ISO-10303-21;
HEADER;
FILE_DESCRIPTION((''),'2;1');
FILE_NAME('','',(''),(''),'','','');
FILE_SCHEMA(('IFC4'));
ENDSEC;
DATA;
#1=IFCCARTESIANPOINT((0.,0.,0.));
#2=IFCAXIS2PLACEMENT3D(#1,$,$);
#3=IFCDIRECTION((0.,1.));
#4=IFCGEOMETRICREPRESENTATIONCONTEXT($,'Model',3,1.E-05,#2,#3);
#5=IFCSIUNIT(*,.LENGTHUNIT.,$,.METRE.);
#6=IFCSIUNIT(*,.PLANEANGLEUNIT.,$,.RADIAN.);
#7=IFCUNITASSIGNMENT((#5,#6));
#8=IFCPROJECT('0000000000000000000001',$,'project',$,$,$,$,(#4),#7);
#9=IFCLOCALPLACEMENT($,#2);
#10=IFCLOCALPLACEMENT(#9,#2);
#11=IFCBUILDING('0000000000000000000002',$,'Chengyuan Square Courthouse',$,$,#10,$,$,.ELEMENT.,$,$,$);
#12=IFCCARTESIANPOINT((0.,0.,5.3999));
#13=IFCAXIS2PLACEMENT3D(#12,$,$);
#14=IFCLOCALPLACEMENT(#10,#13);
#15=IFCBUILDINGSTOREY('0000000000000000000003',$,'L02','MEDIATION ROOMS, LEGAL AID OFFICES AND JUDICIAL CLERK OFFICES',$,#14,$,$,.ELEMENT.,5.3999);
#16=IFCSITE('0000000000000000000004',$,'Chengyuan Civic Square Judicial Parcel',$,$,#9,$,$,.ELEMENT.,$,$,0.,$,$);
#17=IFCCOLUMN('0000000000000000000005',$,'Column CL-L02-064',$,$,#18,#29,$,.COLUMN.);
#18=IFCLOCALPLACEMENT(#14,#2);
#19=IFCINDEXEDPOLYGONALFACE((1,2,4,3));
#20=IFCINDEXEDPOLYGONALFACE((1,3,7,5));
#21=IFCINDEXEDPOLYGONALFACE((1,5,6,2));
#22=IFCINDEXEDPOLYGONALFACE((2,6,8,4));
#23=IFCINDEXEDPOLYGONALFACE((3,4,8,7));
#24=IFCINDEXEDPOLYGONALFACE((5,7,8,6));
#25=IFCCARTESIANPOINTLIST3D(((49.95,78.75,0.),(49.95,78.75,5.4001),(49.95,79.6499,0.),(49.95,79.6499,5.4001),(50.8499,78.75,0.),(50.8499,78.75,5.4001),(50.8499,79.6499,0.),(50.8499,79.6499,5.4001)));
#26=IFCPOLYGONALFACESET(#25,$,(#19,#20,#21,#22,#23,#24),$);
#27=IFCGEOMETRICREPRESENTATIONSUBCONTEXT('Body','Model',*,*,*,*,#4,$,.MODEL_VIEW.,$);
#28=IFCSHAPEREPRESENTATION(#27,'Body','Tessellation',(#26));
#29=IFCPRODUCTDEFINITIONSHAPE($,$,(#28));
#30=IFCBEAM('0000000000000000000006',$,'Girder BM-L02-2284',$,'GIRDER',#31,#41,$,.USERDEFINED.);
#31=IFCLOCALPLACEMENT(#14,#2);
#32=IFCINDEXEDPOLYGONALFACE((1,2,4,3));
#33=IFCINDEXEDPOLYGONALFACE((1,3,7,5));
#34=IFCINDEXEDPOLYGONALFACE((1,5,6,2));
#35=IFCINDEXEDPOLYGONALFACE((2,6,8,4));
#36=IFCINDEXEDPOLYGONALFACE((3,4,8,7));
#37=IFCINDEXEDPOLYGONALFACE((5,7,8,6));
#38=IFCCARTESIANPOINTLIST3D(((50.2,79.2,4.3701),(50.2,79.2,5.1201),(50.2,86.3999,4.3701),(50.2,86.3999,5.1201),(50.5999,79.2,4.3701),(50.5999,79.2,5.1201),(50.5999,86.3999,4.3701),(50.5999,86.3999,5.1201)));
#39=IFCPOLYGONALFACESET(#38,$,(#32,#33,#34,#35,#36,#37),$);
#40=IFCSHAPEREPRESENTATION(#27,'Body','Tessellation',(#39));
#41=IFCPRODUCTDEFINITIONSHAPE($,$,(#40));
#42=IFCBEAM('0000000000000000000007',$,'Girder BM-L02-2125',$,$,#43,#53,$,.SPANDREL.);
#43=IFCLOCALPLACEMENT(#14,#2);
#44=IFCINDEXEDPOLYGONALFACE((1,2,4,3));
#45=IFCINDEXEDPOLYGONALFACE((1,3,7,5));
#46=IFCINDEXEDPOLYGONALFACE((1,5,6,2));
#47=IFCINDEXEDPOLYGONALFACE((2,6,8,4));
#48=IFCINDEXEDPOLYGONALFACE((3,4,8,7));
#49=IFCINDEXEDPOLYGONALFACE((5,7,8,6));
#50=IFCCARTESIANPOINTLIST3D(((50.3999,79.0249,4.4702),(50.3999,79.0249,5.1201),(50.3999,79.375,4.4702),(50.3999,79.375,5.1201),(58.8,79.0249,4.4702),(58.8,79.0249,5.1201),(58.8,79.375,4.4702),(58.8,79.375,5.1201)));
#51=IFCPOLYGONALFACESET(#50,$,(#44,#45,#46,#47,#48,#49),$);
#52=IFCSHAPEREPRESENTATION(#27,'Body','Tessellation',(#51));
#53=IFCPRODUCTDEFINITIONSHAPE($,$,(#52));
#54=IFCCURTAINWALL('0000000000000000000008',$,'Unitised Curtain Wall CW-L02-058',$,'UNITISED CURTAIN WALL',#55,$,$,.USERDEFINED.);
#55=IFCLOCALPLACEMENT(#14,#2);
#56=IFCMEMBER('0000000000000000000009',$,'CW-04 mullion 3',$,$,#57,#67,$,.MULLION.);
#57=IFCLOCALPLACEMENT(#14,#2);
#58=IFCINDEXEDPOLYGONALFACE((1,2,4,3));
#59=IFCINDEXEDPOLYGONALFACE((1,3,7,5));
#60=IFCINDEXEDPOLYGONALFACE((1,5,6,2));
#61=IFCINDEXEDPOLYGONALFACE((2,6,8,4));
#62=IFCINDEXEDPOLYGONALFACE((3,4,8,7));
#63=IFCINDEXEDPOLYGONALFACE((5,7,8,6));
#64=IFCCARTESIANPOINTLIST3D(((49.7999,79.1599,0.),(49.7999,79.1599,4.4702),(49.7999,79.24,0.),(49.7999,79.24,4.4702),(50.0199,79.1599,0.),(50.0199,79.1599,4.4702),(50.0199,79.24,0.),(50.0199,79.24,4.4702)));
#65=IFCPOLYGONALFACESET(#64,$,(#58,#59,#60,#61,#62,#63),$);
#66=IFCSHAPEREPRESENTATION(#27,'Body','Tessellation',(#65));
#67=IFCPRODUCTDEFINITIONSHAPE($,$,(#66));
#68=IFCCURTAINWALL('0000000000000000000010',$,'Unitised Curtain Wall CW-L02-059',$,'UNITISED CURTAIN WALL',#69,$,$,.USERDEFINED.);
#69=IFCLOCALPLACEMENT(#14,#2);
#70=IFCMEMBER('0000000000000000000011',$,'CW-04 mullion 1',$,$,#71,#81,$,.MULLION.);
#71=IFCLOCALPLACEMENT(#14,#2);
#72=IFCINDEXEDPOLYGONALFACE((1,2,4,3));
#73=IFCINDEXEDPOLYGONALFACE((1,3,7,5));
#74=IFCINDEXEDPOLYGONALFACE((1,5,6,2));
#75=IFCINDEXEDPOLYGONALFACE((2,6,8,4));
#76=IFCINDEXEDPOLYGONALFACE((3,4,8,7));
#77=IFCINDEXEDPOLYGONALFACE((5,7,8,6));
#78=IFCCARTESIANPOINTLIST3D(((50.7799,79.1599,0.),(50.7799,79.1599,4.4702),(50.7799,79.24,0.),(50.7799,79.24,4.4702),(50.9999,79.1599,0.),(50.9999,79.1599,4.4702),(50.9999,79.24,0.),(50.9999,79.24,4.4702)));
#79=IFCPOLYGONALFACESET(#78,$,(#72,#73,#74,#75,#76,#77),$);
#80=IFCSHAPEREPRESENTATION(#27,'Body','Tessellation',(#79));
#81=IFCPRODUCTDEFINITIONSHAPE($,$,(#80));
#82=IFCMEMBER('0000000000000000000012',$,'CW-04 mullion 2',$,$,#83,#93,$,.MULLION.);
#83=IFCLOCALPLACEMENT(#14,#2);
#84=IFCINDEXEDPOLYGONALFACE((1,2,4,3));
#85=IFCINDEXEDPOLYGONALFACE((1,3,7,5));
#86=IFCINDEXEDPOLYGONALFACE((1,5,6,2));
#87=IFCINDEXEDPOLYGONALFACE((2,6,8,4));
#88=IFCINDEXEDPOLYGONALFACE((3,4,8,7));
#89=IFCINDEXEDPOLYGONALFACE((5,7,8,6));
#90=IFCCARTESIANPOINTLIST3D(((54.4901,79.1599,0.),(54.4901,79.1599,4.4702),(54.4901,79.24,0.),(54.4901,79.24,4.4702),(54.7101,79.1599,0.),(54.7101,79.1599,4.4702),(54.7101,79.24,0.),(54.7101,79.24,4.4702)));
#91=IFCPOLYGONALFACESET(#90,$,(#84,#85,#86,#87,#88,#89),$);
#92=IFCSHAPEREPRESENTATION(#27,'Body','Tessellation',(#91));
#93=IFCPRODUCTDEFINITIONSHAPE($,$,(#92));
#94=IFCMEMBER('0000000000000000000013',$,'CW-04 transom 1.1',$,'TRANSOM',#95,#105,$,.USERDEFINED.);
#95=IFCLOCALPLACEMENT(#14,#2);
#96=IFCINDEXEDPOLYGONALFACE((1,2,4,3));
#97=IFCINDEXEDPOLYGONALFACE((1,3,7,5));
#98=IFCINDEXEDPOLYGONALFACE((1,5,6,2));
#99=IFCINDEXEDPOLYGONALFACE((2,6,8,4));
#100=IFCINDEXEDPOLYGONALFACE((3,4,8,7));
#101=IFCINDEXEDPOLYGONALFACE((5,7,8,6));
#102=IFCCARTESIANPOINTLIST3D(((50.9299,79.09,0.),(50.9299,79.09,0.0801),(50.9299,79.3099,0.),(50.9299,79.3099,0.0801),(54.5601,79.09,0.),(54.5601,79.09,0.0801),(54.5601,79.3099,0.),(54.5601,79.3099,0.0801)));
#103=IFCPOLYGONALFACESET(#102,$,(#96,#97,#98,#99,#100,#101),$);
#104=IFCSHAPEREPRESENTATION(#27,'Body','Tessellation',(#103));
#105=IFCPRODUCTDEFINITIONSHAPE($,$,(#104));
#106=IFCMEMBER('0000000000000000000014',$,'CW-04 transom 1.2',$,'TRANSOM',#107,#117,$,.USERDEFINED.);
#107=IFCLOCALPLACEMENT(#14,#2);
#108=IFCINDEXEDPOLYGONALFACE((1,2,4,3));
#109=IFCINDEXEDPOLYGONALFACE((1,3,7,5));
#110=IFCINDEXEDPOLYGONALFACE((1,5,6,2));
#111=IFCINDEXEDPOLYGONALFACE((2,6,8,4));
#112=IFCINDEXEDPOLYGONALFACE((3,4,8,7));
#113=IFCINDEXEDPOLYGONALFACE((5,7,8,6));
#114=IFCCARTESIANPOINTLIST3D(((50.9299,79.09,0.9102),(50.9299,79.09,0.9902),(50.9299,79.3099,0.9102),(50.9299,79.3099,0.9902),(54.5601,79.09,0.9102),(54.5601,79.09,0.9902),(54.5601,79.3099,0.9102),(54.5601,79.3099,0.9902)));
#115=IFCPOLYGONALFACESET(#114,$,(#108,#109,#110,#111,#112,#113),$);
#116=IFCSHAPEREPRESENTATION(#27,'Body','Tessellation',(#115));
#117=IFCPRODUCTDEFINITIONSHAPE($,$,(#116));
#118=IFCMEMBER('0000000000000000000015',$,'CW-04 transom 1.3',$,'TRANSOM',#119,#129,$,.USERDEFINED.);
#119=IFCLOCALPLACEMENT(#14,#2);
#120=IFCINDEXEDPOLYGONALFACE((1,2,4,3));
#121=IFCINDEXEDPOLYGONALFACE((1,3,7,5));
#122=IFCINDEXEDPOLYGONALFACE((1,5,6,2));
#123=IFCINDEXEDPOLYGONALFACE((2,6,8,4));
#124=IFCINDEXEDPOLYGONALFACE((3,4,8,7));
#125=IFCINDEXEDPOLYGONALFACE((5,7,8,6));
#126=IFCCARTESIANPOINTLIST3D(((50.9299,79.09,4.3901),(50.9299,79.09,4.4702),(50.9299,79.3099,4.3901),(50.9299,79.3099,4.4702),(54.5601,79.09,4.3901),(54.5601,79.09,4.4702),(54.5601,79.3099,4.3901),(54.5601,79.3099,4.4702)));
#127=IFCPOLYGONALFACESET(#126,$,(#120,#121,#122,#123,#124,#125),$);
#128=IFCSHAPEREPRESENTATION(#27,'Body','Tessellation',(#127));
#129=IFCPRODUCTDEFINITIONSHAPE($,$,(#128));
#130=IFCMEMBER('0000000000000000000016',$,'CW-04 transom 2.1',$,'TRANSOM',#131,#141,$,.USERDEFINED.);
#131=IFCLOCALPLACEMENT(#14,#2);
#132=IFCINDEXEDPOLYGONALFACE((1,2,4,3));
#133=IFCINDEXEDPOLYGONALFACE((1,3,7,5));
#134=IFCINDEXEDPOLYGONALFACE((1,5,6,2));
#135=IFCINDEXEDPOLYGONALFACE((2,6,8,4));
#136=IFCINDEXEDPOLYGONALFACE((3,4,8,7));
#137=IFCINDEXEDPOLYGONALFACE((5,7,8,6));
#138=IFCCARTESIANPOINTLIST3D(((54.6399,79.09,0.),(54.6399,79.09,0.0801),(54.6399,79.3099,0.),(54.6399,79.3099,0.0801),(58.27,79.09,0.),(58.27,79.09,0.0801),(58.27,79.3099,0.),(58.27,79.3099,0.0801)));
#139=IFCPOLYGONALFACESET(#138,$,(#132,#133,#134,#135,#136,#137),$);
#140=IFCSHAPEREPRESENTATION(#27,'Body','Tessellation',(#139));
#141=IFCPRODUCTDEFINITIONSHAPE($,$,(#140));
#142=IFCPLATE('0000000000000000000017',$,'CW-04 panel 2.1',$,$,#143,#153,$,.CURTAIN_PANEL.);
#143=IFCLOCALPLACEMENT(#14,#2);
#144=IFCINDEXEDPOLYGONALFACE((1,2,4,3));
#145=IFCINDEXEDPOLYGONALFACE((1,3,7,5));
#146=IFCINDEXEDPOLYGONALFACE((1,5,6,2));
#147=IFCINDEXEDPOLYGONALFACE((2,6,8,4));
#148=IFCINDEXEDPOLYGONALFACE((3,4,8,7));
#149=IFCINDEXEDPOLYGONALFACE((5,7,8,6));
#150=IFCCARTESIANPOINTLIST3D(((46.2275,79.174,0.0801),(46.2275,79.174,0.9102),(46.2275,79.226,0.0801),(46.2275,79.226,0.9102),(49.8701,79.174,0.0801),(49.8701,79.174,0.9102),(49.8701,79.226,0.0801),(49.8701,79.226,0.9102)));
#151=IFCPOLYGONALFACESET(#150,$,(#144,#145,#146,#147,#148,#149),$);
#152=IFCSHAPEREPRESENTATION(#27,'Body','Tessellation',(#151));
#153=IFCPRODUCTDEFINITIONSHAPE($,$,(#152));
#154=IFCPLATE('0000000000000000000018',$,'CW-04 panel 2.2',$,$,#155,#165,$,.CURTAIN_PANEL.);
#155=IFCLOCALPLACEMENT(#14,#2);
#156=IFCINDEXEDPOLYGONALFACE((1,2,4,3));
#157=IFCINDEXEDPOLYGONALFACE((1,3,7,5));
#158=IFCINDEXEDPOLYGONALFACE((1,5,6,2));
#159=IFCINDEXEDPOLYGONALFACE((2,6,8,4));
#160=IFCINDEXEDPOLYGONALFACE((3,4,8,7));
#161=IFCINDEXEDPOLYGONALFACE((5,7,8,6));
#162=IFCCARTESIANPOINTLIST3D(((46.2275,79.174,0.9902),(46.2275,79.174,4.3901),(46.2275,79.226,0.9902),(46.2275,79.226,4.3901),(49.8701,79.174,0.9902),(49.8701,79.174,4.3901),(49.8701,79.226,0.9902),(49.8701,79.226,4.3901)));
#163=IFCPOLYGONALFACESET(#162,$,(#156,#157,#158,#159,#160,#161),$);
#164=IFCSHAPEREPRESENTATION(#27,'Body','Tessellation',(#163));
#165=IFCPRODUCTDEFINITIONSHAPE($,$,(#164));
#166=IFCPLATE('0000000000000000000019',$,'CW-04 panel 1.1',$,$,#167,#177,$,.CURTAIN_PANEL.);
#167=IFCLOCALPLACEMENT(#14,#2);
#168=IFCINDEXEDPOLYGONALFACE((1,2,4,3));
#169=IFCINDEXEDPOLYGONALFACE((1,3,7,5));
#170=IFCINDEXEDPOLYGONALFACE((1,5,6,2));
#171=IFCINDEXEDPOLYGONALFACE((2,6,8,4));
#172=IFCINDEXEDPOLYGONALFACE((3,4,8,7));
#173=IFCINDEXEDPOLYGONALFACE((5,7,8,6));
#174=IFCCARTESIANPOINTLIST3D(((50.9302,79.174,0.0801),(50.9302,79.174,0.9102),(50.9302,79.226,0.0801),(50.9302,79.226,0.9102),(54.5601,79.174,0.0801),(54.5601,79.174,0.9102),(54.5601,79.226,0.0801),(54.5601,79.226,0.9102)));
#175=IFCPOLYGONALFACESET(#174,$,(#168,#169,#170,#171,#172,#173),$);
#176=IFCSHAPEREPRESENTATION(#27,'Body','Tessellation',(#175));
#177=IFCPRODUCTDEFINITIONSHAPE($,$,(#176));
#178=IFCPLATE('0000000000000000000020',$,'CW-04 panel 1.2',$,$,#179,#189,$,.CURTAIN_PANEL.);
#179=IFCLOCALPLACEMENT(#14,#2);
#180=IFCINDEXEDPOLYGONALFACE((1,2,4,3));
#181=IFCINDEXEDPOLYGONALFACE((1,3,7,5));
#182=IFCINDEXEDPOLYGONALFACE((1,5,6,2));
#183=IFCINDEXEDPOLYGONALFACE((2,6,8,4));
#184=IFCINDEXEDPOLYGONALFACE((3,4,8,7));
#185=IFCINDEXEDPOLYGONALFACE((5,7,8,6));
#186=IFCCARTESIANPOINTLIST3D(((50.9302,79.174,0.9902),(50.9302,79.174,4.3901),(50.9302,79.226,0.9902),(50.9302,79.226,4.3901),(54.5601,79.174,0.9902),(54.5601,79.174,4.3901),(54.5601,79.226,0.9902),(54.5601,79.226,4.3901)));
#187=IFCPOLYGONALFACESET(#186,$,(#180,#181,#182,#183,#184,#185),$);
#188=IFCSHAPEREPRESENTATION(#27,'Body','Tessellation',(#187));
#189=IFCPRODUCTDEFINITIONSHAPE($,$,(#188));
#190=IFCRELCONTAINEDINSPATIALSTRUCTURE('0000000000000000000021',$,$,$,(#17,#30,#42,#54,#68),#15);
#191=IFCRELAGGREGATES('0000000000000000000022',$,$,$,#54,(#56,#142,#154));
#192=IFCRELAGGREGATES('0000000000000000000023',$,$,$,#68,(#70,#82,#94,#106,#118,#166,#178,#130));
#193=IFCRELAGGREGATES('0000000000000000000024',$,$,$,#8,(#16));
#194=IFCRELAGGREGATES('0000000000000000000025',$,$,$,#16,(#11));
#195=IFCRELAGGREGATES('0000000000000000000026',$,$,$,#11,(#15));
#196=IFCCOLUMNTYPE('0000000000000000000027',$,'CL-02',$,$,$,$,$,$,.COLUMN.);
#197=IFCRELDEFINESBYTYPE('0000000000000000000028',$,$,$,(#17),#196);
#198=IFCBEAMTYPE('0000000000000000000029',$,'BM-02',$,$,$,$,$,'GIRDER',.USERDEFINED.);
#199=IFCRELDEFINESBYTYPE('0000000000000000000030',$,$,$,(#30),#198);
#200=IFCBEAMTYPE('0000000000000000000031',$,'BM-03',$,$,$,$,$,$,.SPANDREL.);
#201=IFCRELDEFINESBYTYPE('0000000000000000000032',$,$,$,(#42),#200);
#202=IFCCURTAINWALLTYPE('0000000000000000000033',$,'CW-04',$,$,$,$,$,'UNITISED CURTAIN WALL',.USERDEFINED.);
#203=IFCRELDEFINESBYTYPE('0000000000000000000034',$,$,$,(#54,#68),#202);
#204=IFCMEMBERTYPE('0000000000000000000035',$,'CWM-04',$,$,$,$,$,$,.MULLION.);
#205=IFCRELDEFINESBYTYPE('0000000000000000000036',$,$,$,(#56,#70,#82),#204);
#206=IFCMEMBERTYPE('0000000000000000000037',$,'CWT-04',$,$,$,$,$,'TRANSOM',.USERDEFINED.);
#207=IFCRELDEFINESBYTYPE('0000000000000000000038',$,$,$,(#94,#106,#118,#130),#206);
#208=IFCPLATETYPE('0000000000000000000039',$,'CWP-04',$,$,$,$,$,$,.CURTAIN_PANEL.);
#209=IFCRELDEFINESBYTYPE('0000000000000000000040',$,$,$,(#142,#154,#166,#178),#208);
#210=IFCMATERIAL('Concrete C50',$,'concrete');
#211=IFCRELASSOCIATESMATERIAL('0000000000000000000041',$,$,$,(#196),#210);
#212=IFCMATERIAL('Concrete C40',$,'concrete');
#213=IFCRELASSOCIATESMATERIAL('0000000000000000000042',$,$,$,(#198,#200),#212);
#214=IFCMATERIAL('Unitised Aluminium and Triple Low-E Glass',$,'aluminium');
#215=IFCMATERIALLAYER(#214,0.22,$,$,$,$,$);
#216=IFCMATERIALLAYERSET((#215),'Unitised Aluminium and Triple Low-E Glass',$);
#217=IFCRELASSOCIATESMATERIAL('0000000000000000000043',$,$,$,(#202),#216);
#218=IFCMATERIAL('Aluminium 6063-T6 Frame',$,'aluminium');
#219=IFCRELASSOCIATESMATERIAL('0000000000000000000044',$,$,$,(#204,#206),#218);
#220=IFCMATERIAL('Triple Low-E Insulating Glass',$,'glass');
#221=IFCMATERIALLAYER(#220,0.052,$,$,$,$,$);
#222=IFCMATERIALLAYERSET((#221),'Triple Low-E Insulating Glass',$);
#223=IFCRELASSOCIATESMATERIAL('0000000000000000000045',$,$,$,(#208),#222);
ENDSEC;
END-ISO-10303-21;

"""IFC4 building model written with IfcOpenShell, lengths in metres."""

from ifc_helpers import new_model, si_unit, direction, frame, origin, origin_2d, place, context, subcontext, project, spatial, rectangle, extrude, material, layer, layer_set, material_profile, profile_set, type_object, element, aggregate, save


model = new_model("IFC4")

# Units and contexts
model_context = context("Model", 3, precision=1e-05, world=origin(), true_north=direction((0.0, 1.0)))
body_context = subcontext(model_context, "Body", "Model", "MODEL_VIEW")
ifc_project = project(units=[si_unit("LENGTHUNIT", "METRE"), si_unit("PLANEANGLEUNIT", "RADIAN")], contexts=[model_context])

# Site, building, storey
site_placement = place(None, origin())
site = spatial("IfcSite", under=ifc_project, at=site_placement, Name="Chengyuan Civic Square Judicial Parcel", CompositionType="ELEMENT", RefElevation=0.0)
building_placement = place(site_placement, origin())
building = spatial("IfcBuilding", under=site, at=building_placement, Name="Chengyuan Square Courthouse", CompositionType="ELEMENT")
storey_placement = place(building_placement, frame((0.0, 0.0, 5.3999)))
storey = spatial("IfcBuildingStorey", under=building, at=storey_placement, Name="L02", Description="MEDIATION ROOMS, LEGAL AID OFFICES AND JUDICIAL CLERK OFFICES", CompositionType="ELEMENT", Elevation=5.3999)

# Column
ifc_material_1 = material(Name="Concrete C50", Category="concrete")
ifc_material_profile_1 = material_profile(ifc_material_1, rectangle(XDim=0.8999, YDim=0.8999, at=origin_2d()), Name="RC-COL-900x900")
ifc_profile_set_1 = profile_set([ifc_material_profile_1], Name="Concrete C50")
column_type = type_object("IfcColumnType", Name="CL-02", PredefinedType="COLUMN", material=ifc_profile_set_1)
column_placement = place(storey_placement, frame((50.3999, 79.2, 0.0), z_axis=(0.0, 0.0, 1.0), x_axis=(1.0, 0.0, 0.0)))
element("IfcColumn", 1, at=column_placement, inside=storey, type_object=column_type, Name="Column CL-L02-064", PredefinedType="COLUMN", context=body_context, shape_type="SweptSolid", body=[
    extrude(rectangle(XDim=0.8999, YDim=0.8999, at=origin_2d()), origin(), (0.0, 0.0, 1.0), 5.4001),
])

# Beams
ifc_material_2 = material(Name="Concrete C40", Category="concrete")
ifc_material_profile_2 = material_profile(ifc_material_2, rectangle(XDim=0.3999, YDim=0.75, at=origin_2d()), Name="RC-BM-400x750")
ifc_profile_set_2 = profile_set([ifc_material_profile_2], Name="Concrete C40")
beam_type_1 = type_object("IfcBeamType", Name="BM-02", ElementType="GIRDER", PredefinedType="USERDEFINED", material=ifc_profile_set_2)
beam_1_placement = place(storey_placement, frame((50.3999, 79.2, 4.7451), z_axis=(0.0, 1.0, 0.0), x_axis=(-1.0, 0.0, 0.0)))
element("IfcBeam", 2, at=beam_1_placement, inside=storey, type_object=beam_type_1, Name="Girder BM-L02-2284", ObjectType="GIRDER", PredefinedType="USERDEFINED", context=body_context, shape_type="SweptSolid", body=[
    extrude(rectangle(XDim=0.3999, YDim=0.75, at=origin_2d()), origin(), (0.0, 0.0, 1.0), 7.2),
])
ifc_material_profile_3 = material_profile(ifc_material_2, rectangle(XDim=0.3501, YDim=0.6499, at=origin_2d()), Name="RC-BM-350x650")
ifc_profile_set_3 = profile_set([ifc_material_profile_3], Name="Concrete C40")
beam_type_2 = type_object("IfcBeamType", Name="BM-03", PredefinedType="SPANDREL", material=ifc_profile_set_3)
beam_2_placement = place(storey_placement, frame((50.3999, 79.2, 4.7952), z_axis=(1.0, 0.0, 0.0), x_axis=(0.0, 1.0, 0.0)))
element("IfcBeam", 3, at=beam_2_placement, inside=storey, type_object=beam_type_2, Name="Girder BM-L02-2125", PredefinedType="SPANDREL", context=body_context, shape_type="SweptSolid", body=[
    extrude(rectangle(XDim=0.3501, YDim=0.6499, at=origin_2d()), origin(), (0.0, 0.0, 1.0), 8.4001),
])

# Curtain wall, member
ifc_material_3 = material(Name="Unitised Aluminium and Triple Low-E Glass", Category="aluminium")
ifc_layer_1 = layer(ifc_material_3, 0.22)
ifc_layer_set_1 = layer_set([ifc_layer_1], Name="Unitised Aluminium and Triple Low-E Glass")
curtain_wall_type = type_object("IfcCurtainWallType", Name="CW-04", ElementType="UNITISED CURTAIN WALL", PredefinedType="USERDEFINED", material=ifc_layer_set_1)
curtain_wall_1_placement = place(storey_placement, origin())
curtain_wall_1 = element("IfcCurtainWall", 4, at=curtain_wall_1_placement, inside=storey, type_object=curtain_wall_type, Name="Unitised Curtain Wall CW-L02-058", ObjectType="UNITISED CURTAIN WALL", PredefinedType="USERDEFINED")
ifc_material_4 = material(Name="Aluminium 6063-T6 Frame", Category="aluminium")
ifc_material_profile_4 = material_profile(ifc_material_4, rectangle(XDim=0.0801, YDim=0.22, at=origin_2d()), Name="CW-MUL-80x220")
ifc_profile_set_4 = profile_set([ifc_material_profile_4], Name="Aluminium 6063-T6 Frame")
member_type_1 = type_object("IfcMemberType", Name="CWM-04", PredefinedType="MULLION", material=ifc_profile_set_4)
member_1_placement = place(storey_placement, frame((49.9099, 79.2, 0.0), z_axis=(0.0, 0.0, 1.0), x_axis=(0.0, 1.0, 0.0)))
member_1 = element("IfcMember", 5, at=member_1_placement, type_object=member_type_1, Name="CW-04 mullion 3", PredefinedType="MULLION", context=body_context, shape_type="SweptSolid", body=[
    extrude(rectangle(XDim=0.0801, YDim=0.22, at=origin_2d()), origin(), (0.0, 0.0, 1.0), 4.4702),
])

# Curtain wall, members
curtain_wall_2_placement = place(storey_placement, origin())
curtain_wall_2 = element("IfcCurtainWall", 6, at=curtain_wall_2_placement, inside=storey, type_object=curtain_wall_type, Name="Unitised Curtain Wall CW-L02-059", ObjectType="UNITISED CURTAIN WALL", PredefinedType="USERDEFINED")
member_2_placement = place(storey_placement, frame((50.8899, 79.2, 0.0), z_axis=(0.0, 0.0, 1.0), x_axis=(0.0, 1.0, 0.0)))
member_2 = element("IfcMember", 7, at=member_2_placement, type_object=member_type_1, Name="CW-04 mullion 1", PredefinedType="MULLION", context=body_context, shape_type="SweptSolid", body=[
    extrude(rectangle(XDim=0.0801, YDim=0.22, at=origin_2d()), origin(), (0.0, 0.0, 1.0), 4.4702),
])
member_3_placement = place(storey_placement, frame((54.6001, 79.2, 0.0), z_axis=(0.0, 0.0, 1.0), x_axis=(0.0, 1.0, 0.0)))
member_3 = element("IfcMember", 8, at=member_3_placement, type_object=member_type_1, Name="CW-04 mullion 2", PredefinedType="MULLION", context=body_context, shape_type="SweptSolid", body=[
    extrude(rectangle(XDim=0.0801, YDim=0.22, at=origin_2d()), origin(), (0.0, 0.0, 1.0), 4.4702),
])
ifc_material_profile_5 = material_profile(ifc_material_4, rectangle(XDim=0.22, YDim=0.0801, at=origin_2d()), Name="CW-TRN-80x180")
ifc_profile_set_5 = profile_set([ifc_material_profile_5], Name="Aluminium 6063-T6 Frame")
member_type_2 = type_object("IfcMemberType", Name="CWT-04", ElementType="TRANSOM", PredefinedType="USERDEFINED", material=ifc_profile_set_5)
member_4_placement = place(storey_placement, frame((50.9299, 79.2, 0.04), z_axis=(1.0, 0.0, 0.0), x_axis=(0.0, 1.0, 0.0)))
member_4 = element("IfcMember", 9, at=member_4_placement, type_object=member_type_2, Name="CW-04 transom 1.1", ObjectType="TRANSOM", PredefinedType="USERDEFINED", context=body_context, shape_type="SweptSolid", body=[
    extrude(rectangle(XDim=0.22, YDim=0.0801, at=origin_2d()), origin(), (0.0, 0.0, 1.0), 3.6301),
])
member_5_placement = place(storey_placement, frame((50.9299, 79.2, 0.9502), z_axis=(1.0, 0.0, 0.0), x_axis=(0.0, 1.0, 0.0)))
member_5 = element("IfcMember", 10, at=member_5_placement, type_object=member_type_2, Name="CW-04 transom 1.2", ObjectType="TRANSOM", PredefinedType="USERDEFINED", context=body_context, shape_type="SweptSolid", body=[
    extrude(rectangle(XDim=0.22, YDim=0.0801, at=origin_2d()), origin(), (0.0, 0.0, 1.0), 3.6301),
])
member_6_placement = place(storey_placement, frame((50.9299, 79.2, 4.4302), z_axis=(1.0, 0.0, 0.0), x_axis=(0.0, 1.0, 0.0)))
member_6 = element("IfcMember", 11, at=member_6_placement, type_object=member_type_2, Name="CW-04 transom 1.3", ObjectType="TRANSOM", PredefinedType="USERDEFINED", context=body_context, shape_type="SweptSolid", body=[
    extrude(rectangle(XDim=0.22, YDim=0.0801, at=origin_2d()), origin(), (0.0, 0.0, 1.0), 3.6301),
])
member_7_placement = place(storey_placement, frame((54.6399, 79.2, 0.04), z_axis=(1.0, 0.0, 0.0), x_axis=(0.0, 1.0, 0.0)))
member_7 = element("IfcMember", 12, at=member_7_placement, type_object=member_type_2, Name="CW-04 transom 2.1", ObjectType="TRANSOM", PredefinedType="USERDEFINED", context=body_context, shape_type="SweptSolid", body=[
    extrude(rectangle(XDim=0.22, YDim=0.0801, at=origin_2d()), origin(), (0.0, 0.0, 1.0), 3.6301),
])

# Plates
ifc_material_5 = material(Name="Triple Low-E Insulating Glass", Category="glass")
ifc_layer_2 = layer(ifc_material_5, 0.052)
ifc_layer_set_2 = layer_set([ifc_layer_2], Name="Triple Low-E Insulating Glass")
plate_type = type_object("IfcPlateType", Name="CWP-04", PredefinedType="CURTAIN_PANEL", material=ifc_layer_set_2)
plate_1_placement = place(storey_placement, frame((48.0488, 79.2, 0.0801), z_axis=(0.0, 0.0, 1.0), x_axis=(1.0, 0.0, 0.0)))
plate_1 = element("IfcPlate", 13, at=plate_1_placement, type_object=plate_type, Name="CW-04 panel 2.1", PredefinedType="CURTAIN_PANEL", context=body_context, shape_type="SweptSolid", body=[
    extrude(rectangle(XDim=3.6426, YDim=0.052, at=origin_2d()), origin(), (0.0, 0.0, 1.0), 0.8301),
])
plate_2_placement = place(storey_placement, frame((48.0488, 79.2, 0.9902), z_axis=(0.0, 0.0, 1.0), x_axis=(1.0, 0.0, 0.0)))
plate_2 = element("IfcPlate", 14, at=plate_2_placement, type_object=plate_type, Name="CW-04 panel 2.2", PredefinedType="CURTAIN_PANEL", context=body_context, shape_type="SweptSolid", body=[
    extrude(rectangle(XDim=3.6426, YDim=0.052, at=origin_2d()), origin(), (0.0, 0.0, 1.0), 3.3999),
])
aggregate(curtain_wall_1, [member_1, plate_1, plate_2])
plate_3_placement = place(storey_placement, frame((52.7451, 79.2, 0.0801), z_axis=(0.0, 0.0, 1.0), x_axis=(1.0, 0.0, 0.0)))
plate_3 = element("IfcPlate", 15, at=plate_3_placement, type_object=plate_type, Name="CW-04 panel 1.1", PredefinedType="CURTAIN_PANEL", context=body_context, shape_type="SweptSolid", body=[
    extrude(rectangle(XDim=3.6299, YDim=0.052, at=origin_2d()), origin(), (0.0, 0.0, 1.0), 0.8301),
])
plate_4_placement = place(storey_placement, frame((52.7451, 79.2, 0.9902), z_axis=(0.0, 0.0, 1.0), x_axis=(1.0, 0.0, 0.0)))
plate_4 = element("IfcPlate", 16, at=plate_4_placement, type_object=plate_type, Name="CW-04 panel 1.2", PredefinedType="CURTAIN_PANEL", context=body_context, shape_type="SweptSolid", body=[
    extrude(rectangle(XDim=3.6299, YDim=0.052, at=origin_2d()), origin(), (0.0, 0.0, 1.0), 3.3999),
])
aggregate(curtain_wall_2, [member_2, member_3, member_4, member_5, member_6, plate_3, plate_4, member_7])

save(model, "model.ifc")
